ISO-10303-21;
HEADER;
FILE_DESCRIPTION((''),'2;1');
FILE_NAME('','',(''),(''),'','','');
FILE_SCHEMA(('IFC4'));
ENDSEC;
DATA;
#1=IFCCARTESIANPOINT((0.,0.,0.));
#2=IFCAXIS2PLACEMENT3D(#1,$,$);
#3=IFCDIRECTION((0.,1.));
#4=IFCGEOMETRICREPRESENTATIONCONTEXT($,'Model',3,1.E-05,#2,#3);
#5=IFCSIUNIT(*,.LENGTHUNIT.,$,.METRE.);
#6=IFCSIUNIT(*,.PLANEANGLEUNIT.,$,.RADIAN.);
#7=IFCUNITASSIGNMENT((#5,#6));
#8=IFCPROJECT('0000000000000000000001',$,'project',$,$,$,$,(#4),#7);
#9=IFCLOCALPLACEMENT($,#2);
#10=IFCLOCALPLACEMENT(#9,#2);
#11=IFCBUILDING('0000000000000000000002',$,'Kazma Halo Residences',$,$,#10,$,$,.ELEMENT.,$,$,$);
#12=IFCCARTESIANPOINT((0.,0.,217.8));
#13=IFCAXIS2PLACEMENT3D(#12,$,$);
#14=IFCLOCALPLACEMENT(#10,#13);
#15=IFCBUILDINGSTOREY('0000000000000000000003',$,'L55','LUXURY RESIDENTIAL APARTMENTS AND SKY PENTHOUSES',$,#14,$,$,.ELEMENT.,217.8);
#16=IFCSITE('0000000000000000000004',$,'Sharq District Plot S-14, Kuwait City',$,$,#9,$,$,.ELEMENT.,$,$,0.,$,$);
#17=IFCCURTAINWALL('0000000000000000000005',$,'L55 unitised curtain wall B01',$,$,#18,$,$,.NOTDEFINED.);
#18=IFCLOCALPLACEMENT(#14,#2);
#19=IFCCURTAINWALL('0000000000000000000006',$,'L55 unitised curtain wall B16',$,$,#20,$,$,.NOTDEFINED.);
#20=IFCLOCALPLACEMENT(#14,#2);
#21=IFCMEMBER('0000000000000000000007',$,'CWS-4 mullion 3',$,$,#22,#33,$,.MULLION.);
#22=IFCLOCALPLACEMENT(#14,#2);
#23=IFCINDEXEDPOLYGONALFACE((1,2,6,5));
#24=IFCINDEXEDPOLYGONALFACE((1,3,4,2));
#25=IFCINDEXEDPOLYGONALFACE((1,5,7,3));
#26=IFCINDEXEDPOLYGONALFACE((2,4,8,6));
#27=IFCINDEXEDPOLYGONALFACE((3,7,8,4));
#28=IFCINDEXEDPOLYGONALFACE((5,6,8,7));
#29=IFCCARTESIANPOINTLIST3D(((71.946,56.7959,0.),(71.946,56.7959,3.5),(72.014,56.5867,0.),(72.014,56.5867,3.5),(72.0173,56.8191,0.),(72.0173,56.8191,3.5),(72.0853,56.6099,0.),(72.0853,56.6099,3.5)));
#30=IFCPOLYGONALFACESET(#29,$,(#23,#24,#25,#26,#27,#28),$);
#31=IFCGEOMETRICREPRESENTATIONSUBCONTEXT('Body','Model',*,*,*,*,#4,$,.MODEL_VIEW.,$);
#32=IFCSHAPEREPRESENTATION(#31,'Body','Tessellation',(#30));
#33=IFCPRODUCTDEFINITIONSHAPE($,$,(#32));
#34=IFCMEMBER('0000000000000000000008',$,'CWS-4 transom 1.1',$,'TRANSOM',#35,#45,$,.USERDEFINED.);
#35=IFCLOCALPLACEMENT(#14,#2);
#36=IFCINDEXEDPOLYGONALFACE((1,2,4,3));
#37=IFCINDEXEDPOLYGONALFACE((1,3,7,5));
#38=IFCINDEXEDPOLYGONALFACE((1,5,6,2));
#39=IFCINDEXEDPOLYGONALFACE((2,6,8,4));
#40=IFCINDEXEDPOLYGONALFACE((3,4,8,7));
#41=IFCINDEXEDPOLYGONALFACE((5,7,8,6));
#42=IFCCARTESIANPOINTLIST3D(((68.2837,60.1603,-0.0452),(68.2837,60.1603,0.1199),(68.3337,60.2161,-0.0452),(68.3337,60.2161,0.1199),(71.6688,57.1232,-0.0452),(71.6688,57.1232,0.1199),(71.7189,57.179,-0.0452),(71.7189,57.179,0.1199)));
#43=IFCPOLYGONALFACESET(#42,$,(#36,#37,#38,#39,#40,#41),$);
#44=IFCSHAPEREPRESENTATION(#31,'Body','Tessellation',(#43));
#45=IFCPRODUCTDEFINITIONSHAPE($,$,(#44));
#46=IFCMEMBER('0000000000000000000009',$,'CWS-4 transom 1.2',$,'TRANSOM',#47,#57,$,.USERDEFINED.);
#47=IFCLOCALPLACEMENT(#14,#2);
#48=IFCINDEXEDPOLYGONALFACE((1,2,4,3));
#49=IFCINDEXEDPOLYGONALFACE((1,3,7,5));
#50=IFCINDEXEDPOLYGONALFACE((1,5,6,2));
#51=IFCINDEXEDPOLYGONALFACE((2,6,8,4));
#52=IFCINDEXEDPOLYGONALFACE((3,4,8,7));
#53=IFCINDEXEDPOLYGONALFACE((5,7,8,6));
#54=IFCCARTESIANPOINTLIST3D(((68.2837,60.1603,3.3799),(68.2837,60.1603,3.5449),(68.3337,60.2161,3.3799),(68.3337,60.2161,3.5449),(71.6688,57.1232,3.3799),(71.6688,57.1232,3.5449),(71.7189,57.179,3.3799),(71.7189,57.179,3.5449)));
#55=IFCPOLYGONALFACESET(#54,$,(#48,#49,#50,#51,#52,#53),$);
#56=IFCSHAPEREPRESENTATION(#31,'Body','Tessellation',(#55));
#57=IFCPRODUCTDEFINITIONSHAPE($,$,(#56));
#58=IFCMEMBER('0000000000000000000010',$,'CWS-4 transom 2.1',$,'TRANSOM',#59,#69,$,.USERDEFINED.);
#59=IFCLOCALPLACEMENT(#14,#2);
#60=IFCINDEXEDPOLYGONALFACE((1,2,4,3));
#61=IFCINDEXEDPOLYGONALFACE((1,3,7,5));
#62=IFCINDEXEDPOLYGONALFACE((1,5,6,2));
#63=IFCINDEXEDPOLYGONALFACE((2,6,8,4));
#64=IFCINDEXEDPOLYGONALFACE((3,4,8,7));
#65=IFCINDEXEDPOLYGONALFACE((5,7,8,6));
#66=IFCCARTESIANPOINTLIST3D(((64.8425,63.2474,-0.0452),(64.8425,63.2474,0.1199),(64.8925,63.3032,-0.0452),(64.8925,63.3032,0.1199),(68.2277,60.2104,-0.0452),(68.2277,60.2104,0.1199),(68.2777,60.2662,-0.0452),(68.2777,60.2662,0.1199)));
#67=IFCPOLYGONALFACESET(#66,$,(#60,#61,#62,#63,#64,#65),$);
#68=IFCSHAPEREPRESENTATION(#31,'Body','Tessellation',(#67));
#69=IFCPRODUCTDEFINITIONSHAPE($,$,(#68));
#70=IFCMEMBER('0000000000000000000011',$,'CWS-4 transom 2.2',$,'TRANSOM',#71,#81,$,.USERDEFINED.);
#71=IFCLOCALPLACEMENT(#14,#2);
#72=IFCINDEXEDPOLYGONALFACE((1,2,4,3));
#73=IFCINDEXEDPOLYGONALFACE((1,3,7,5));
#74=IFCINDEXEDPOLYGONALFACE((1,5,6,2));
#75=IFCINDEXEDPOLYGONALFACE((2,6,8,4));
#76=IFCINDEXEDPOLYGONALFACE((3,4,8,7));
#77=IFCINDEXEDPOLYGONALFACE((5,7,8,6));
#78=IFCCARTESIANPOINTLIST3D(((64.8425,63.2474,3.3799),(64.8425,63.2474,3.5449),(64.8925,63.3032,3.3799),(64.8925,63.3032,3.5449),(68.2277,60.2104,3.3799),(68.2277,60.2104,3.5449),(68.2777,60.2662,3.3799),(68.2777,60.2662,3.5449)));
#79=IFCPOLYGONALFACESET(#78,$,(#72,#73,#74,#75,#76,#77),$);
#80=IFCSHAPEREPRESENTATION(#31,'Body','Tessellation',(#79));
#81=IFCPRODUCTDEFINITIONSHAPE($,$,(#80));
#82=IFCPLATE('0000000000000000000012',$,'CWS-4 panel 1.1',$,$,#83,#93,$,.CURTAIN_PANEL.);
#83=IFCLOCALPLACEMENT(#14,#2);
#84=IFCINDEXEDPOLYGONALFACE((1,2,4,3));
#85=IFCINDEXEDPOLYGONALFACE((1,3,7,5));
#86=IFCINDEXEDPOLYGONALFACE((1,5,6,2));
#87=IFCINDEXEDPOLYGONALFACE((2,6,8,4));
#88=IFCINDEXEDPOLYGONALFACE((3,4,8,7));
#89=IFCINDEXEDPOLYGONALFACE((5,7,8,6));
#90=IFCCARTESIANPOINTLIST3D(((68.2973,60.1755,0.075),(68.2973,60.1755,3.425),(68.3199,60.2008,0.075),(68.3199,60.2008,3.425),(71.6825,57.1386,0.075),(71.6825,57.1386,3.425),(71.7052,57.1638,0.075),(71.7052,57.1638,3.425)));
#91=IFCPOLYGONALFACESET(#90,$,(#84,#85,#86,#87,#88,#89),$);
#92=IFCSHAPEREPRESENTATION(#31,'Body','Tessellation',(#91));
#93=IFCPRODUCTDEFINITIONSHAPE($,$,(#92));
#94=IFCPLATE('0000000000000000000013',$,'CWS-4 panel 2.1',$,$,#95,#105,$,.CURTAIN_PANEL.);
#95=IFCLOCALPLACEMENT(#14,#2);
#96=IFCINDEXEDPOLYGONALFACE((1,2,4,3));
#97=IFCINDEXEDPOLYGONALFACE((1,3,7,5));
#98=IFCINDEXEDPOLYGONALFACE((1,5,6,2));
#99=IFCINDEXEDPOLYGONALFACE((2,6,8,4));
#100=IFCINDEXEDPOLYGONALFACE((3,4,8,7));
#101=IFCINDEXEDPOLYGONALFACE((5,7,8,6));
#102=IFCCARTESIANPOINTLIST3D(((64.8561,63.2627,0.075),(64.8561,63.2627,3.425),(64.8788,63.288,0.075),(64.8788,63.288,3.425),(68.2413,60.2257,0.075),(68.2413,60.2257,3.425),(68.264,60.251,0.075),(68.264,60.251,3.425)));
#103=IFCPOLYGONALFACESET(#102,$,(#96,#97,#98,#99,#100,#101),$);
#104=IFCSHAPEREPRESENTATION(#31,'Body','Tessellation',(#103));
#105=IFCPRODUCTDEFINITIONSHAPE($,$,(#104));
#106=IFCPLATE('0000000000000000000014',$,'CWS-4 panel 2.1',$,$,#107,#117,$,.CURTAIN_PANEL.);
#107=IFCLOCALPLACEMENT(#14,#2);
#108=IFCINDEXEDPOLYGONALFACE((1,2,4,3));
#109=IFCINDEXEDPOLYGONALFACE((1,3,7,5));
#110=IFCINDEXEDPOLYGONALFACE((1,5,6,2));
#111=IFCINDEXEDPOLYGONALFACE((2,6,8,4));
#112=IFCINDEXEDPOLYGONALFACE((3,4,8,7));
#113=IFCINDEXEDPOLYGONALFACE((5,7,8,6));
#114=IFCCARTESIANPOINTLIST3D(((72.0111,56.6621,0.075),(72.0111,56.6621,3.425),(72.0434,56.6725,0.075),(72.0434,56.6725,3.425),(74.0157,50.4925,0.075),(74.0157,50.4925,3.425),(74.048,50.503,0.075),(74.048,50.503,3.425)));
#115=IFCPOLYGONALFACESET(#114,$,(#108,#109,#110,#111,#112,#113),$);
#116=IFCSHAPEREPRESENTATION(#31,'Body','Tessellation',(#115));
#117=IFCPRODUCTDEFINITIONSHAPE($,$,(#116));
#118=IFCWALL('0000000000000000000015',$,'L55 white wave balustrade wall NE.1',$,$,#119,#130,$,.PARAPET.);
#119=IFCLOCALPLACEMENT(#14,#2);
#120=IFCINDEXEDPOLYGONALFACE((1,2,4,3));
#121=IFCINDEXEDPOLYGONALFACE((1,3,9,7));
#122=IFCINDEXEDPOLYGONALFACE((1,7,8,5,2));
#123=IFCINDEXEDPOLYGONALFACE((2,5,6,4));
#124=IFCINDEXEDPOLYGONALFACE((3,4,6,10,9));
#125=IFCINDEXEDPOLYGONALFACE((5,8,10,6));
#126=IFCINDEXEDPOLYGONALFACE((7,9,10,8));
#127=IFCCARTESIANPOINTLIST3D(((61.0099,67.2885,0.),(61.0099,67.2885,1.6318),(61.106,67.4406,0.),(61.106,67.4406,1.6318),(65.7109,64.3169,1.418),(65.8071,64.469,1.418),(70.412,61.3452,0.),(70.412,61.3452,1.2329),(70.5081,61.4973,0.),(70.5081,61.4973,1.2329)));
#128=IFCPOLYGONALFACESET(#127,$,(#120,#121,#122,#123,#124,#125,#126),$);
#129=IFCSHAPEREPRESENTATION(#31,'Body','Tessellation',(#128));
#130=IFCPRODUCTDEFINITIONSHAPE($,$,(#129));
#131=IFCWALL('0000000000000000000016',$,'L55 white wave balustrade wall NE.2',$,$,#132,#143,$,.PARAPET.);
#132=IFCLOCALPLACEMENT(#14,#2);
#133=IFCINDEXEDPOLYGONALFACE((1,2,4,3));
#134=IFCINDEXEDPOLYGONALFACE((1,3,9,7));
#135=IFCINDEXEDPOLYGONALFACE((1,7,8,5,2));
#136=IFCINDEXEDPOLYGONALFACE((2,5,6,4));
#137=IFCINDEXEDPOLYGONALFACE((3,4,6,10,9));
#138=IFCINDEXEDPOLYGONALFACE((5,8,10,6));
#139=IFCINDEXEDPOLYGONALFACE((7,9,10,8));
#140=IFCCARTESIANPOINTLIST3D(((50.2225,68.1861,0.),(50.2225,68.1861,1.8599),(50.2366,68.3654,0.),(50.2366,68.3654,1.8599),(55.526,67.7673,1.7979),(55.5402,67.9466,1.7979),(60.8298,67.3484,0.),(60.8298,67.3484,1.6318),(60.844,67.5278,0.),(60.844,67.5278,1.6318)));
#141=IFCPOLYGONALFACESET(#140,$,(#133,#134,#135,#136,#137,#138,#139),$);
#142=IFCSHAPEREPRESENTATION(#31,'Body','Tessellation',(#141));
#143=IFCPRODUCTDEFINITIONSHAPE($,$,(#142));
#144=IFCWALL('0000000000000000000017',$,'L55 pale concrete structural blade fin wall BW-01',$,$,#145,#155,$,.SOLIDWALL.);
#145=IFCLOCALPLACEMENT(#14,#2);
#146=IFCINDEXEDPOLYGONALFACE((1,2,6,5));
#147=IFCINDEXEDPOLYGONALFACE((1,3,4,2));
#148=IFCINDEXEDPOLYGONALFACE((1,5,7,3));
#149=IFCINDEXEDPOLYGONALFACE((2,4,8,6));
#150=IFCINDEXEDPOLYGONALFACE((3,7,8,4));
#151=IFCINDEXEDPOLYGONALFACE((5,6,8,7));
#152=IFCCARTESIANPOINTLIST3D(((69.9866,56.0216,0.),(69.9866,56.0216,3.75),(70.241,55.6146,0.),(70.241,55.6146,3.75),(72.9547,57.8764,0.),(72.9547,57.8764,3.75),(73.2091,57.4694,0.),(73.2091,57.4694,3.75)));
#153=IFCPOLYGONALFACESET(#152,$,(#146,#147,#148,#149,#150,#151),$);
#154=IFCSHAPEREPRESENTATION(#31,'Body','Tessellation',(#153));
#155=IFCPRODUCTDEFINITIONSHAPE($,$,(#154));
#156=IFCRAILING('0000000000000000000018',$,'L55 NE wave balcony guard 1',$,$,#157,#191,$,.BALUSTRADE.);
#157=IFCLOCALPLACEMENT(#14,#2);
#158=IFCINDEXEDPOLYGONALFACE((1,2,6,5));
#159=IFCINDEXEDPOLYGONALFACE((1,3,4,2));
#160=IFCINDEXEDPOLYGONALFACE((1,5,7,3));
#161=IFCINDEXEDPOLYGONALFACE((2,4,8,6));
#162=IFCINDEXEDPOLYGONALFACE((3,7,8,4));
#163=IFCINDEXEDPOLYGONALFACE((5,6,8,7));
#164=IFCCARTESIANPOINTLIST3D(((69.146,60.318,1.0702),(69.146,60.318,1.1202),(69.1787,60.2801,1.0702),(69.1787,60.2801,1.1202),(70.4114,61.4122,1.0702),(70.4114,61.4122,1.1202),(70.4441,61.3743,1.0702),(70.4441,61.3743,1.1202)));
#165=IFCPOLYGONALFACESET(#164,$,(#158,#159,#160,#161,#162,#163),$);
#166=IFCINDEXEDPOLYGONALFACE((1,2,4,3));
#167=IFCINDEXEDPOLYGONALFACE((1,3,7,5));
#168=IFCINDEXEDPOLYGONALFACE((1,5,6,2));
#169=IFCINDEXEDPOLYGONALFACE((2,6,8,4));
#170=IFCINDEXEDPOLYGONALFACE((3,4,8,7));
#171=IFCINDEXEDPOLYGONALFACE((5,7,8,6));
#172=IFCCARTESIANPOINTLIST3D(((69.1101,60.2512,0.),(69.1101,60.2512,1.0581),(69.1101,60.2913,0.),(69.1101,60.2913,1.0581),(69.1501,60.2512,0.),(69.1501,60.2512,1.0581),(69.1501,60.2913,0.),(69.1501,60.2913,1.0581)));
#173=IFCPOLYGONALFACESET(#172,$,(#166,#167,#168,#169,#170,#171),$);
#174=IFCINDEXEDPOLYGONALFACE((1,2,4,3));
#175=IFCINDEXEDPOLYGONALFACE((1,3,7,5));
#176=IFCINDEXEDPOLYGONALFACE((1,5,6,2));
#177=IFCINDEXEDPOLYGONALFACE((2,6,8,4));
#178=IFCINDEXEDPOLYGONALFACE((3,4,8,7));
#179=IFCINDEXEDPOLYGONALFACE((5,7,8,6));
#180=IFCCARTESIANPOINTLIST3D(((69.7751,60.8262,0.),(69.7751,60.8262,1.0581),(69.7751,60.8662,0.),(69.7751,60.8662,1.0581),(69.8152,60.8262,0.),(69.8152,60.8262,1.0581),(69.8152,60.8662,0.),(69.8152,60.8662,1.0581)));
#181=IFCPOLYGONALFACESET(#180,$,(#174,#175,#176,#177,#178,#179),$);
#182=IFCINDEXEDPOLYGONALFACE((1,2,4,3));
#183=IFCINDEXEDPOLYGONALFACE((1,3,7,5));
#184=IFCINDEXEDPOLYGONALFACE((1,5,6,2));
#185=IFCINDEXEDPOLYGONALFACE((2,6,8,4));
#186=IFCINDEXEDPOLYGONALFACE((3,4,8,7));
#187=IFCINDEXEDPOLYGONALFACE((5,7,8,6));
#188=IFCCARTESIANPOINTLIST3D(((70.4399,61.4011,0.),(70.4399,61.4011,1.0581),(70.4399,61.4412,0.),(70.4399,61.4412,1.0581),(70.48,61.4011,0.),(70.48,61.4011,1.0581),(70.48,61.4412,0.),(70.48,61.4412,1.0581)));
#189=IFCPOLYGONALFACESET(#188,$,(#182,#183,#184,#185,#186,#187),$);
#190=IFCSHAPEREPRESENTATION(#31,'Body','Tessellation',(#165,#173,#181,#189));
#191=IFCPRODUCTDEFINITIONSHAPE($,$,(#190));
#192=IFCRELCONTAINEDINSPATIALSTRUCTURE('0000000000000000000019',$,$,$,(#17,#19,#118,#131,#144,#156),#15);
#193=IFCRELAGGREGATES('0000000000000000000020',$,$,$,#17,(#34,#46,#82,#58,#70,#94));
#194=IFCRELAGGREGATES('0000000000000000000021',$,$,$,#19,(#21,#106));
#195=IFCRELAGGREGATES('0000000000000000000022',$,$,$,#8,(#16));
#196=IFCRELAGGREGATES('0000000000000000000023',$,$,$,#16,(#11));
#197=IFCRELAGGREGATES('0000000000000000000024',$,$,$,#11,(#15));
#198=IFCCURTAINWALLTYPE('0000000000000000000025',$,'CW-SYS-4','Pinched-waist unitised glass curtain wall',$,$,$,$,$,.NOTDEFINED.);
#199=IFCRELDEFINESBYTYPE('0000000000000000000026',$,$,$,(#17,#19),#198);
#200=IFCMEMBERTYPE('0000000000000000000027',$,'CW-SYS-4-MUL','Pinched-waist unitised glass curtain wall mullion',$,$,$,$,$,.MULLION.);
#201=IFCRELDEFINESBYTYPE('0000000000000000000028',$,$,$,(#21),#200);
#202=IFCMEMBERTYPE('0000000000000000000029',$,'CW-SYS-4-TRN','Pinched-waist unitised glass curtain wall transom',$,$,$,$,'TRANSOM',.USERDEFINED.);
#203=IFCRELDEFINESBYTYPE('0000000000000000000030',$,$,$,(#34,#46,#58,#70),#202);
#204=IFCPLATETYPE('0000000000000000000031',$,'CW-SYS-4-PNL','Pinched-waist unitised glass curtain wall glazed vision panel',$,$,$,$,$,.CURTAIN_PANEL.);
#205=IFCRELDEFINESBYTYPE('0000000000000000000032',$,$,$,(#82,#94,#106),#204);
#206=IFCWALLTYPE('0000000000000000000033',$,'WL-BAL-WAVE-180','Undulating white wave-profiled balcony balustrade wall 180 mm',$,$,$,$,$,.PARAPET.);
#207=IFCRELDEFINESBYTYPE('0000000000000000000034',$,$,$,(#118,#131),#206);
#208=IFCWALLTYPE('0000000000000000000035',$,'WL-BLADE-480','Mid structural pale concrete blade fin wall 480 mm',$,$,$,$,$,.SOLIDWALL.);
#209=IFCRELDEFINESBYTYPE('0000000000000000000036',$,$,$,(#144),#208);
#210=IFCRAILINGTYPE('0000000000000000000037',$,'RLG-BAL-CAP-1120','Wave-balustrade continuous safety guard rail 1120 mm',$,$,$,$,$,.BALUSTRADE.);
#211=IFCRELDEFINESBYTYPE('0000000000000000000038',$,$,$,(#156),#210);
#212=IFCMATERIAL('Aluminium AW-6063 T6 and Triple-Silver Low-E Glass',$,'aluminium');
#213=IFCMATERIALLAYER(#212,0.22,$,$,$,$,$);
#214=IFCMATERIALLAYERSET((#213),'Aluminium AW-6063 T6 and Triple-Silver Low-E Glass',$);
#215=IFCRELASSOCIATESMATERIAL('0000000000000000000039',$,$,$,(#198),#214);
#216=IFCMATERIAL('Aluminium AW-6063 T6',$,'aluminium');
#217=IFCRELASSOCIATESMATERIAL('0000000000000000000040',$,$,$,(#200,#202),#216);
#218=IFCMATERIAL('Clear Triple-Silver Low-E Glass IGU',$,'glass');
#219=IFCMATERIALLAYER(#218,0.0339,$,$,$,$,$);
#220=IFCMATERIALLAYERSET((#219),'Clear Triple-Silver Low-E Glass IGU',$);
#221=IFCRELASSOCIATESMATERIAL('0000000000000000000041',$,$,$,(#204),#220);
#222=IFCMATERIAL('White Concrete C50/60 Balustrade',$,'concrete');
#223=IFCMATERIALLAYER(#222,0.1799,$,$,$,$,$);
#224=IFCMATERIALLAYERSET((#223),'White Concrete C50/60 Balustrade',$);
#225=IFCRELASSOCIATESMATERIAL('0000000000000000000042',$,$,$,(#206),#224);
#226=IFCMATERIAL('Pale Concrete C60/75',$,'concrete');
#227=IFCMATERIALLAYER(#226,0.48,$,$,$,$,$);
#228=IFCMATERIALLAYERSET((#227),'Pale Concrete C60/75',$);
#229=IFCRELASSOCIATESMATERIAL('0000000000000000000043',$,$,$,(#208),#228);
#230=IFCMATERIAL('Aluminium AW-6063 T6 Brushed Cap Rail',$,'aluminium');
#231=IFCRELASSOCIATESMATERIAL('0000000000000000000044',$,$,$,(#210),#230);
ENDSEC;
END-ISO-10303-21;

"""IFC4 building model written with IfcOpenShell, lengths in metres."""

from ifc_helpers import new_model, si_unit, direction, frame, frame_2d, origin, origin_2d, place, context, subcontext, project, spatial, polyline, rectangle, outline, extrude, material, layer, layer_set, material_profile, profile_set, type_object, element, aggregate, save


model = new_model("IFC4")

# Units and contexts
model_context = context("Model", 3, precision=1e-05, world=origin(), true_north=direction((0.0, 1.0)))
body_context = subcontext(model_context, "Body", "Model", "MODEL_VIEW")
ifc_project = project(units=[si_unit("LENGTHUNIT", "METRE"), si_unit("PLANEANGLEUNIT", "RADIAN")], contexts=[model_context])

# Site, building, storey
site_placement = place(None, origin())
site = spatial("IfcSite", under=ifc_project, at=site_placement, Name="Sharq District Plot S-14, Kuwait City", CompositionType="ELEMENT", RefElevation=0.0)
building_placement = place(site_placement, origin())
building = spatial("IfcBuilding", under=site, at=building_placement, Name="Kazma Halo Residences", CompositionType="ELEMENT")
storey_placement = place(building_placement, frame((0.0, 0.0, 217.8)))
storey = spatial("IfcBuildingStorey", under=building, at=storey_placement, Name="L55", Description="LUXURY RESIDENTIAL APARTMENTS AND SKY PENTHOUSES", CompositionType="ELEMENT", Elevation=217.8)

# Curtain wall
ifc_material_1 = material(Name="Aluminium AW-6063 T6 and Triple-Silver Low-E Glass", Category="aluminium")
ifc_layer_1 = layer(ifc_material_1, 0.22)
ifc_layer_set_1 = layer_set([ifc_layer_1], Name="Aluminium AW-6063 T6 and Triple-Silver Low-E Glass")
curtain_wall_type = type_object("IfcCurtainWallType", Name="CW-SYS-4", Description="Pinched-waist unitised glass curtain wall", PredefinedType="NOTDEFINED", material=ifc_layer_set_1)
curtain_wall_1_placement = place(storey_placement, origin())
curtain_wall_1 = element("IfcCurtainWall", 1, at=curtain_wall_1_placement, inside=storey, type_object=curtain_wall_type, Name="L55 unitised curtain wall B01", PredefinedType="NOTDEFINED")
ifc_material_2 = material(Name="Aluminium AW-6063 T6", Category="aluminium")
ifc_material_profile_1 = material_profile(ifc_material_2, rectangle(XDim=0.075, YDim=0.22, at=origin_2d()), Name="CWM-75x220")
ifc_profile_set_1 = profile_set([ifc_material_profile_1], Name="Aluminium AW-6063 T6")
member_type_1 = type_object("IfcMemberType", Name="CW-SYS-4-MUL", Description="Pinched-waist unitised glass curtain wall mullion", PredefinedType="MULLION", material=ifc_profile_set_1)

# Curtain wall, member
curtain_wall_2_placement = place(storey_placement, origin())
curtain_wall_2 = element("IfcCurtainWall", 2, at=curtain_wall_2_placement, inside=storey, type_object=curtain_wall_type, Name="L55 unitised curtain wall B16", PredefinedType="NOTDEFINED")
member_1_placement = place(storey_placement, frame((72.0156, 56.7029, 0.0), z_axis=(0.0, 0.0, 1.0), x_axis=(-0.951057, -0.309016, 0.0)))
member_1 = element("IfcMember", 3, at=member_1_placement, type_object=member_type_1, Name="CWS-4 mullion 3", PredefinedType="MULLION", context=body_context, shape_type="SweptSolid", body=[
    extrude(rectangle(XDim=0.075, YDim=0.22, at=origin_2d()), origin(), (0.0, 0.0, 1.0), 3.5),
])

# Members
ifc_material_profile_2 = material_profile(ifc_material_2, rectangle(XDim=0.075, YDim=0.165, at=origin_2d()), Name="CWT-75x165")
ifc_profile_set_2 = profile_set([ifc_material_profile_2], Name="Aluminium AW-6063 T6")
member_type_2 = type_object("IfcMemberType", Name="CW-SYS-4-TRN", Description="Pinched-waist unitised glass curtain wall transom", ElementType="TRANSOM", PredefinedType="USERDEFINED", material=ifc_profile_set_2)
member_2_placement = place(storey_placement, frame((71.6938, 57.1511, 0.0374), z_axis=(-0.744345, 0.667795, 0.0), x_axis=(-0.667795, -0.744345, 0.0)))
member_2 = element("IfcMember", 4, at=member_2_placement, type_object=member_type_2, Name="CWS-4 transom 1.1", ObjectType="TRANSOM", PredefinedType="USERDEFINED", context=body_context, shape_type="SweptSolid", body=[
    extrude(rectangle(XDim=0.075, YDim=0.165, at=origin_2d()), origin(), (0.0, 0.0, 1.0), 4.5479),
])
member_3_placement = place(storey_placement, frame((71.6938, 57.1511, 3.4624), z_axis=(-0.744345, 0.667795, 0.0), x_axis=(-0.667795, -0.744345, 0.0)))
member_3 = element("IfcMember", 5, at=member_3_placement, type_object=member_type_2, Name="CWS-4 transom 1.2", ObjectType="TRANSOM", PredefinedType="USERDEFINED", context=body_context, shape_type="SweptSolid", body=[
    extrude(rectangle(XDim=0.075, YDim=0.165, at=origin_2d()), origin(), (0.0, 0.0, 1.0), 4.5479),
])
member_4_placement = place(storey_placement, frame((68.2527, 60.2383, 0.0374), z_axis=(-0.744345, 0.667795, 0.0), x_axis=(-0.667795, -0.744345, 0.0)))
member_4 = element("IfcMember", 6, at=member_4_placement, type_object=member_type_2, Name="CWS-4 transom 2.1", ObjectType="TRANSOM", PredefinedType="USERDEFINED", context=body_context, shape_type="SweptSolid", body=[
    extrude(rectangle(XDim=0.075, YDim=0.165, at=origin_2d()), origin(), (0.0, 0.0, 1.0), 4.5479),
])
member_5_placement = place(storey_placement, frame((68.2527, 60.2383, 3.4624), z_axis=(-0.744345, 0.667795, 0.0), x_axis=(-0.667795, -0.744345, 0.0)))
member_5 = element("IfcMember", 7, at=member_5_placement, type_object=member_type_2, Name="CWS-4 transom 2.2", ObjectType="TRANSOM", PredefinedType="USERDEFINED", context=body_context, shape_type="SweptSolid", body=[
    extrude(rectangle(XDim=0.075, YDim=0.165, at=origin_2d()), origin(), (0.0, 0.0, 1.0), 4.5479),
])

# Plates
ifc_material_3 = material(Name="Clear Triple-Silver Low-E Glass IGU", Category="glass")
ifc_layer_2 = layer(ifc_material_3, 0.0339)
ifc_layer_set_2 = layer_set([ifc_layer_2], Name="Clear Triple-Silver Low-E Glass IGU")
plate_type = type_object("IfcPlateType", Name="CW-SYS-4-PNL", Description="Pinched-waist unitised glass curtain wall glazed vision panel", PredefinedType="CURTAIN_PANEL", material=ifc_layer_set_2)
plate_1_placement = place(storey_placement, frame((70.0012, 58.6697, 0.075), z_axis=(0.0, 0.0, 1.0), x_axis=(-0.744355, 0.667784, 0.0)))
plate_1 = element("IfcPlate", 8, at=plate_1_placement, type_object=plate_type, Name="CWS-4 panel 1.1", PredefinedType="CURTAIN_PANEL", context=body_context, shape_type="SweptSolid", body=[
    extrude(rectangle(XDim=4.5479, YDim=0.0339, at=origin_2d()), origin(), (0.0, 0.0, 1.0), 3.3501),
])
plate_2_placement = place(storey_placement, frame((66.5601, 61.7568, 0.075), z_axis=(0.0, 0.0, 1.0), x_axis=(-0.744355, 0.667784, 0.0)))
plate_2 = element("IfcPlate", 9, at=plate_2_placement, type_object=plate_type, Name="CWS-4 panel 2.1", PredefinedType="CURTAIN_PANEL", context=body_context, shape_type="SweptSolid", body=[
    extrude(rectangle(XDim=4.5479, YDim=0.0339, at=origin_2d()), origin(), (0.0, 0.0, 1.0), 3.3501),
])
aggregate(curtain_wall_1, [member_2, member_3, plate_1, member_4, member_5, plate_2])
plate_3_placement = place(storey_placement, frame((73.0295, 53.5825, 0.075), z_axis=(0.0, 0.0, 1.0), x_axis=(-0.309016, 0.951057, 0.0)))
plate_3 = element("IfcPlate", 10, at=plate_3_placement, type_object=plate_type, Name="CWS-4 panel 2.1", PredefinedType="CURTAIN_PANEL", context=body_context, shape_type="SweptSolid", body=[
    extrude(rectangle(XDim=6.4871, YDim=0.0339, at=origin_2d()), origin(), (0.0, 0.0, 1.0), 3.3501),
])
aggregate(curtain_wall_2, [member_1, plate_3])

# Walls
ifc_material_4 = material(Name="White Concrete C50/60 Balustrade", Category="concrete")
ifc_layer_3 = layer(ifc_material_4, 0.1799)
ifc_layer_set_3 = layer_set([ifc_layer_3], Name="White Concrete C50/60 Balustrade")
wall_type_1 = type_object("IfcWallType", Name="WL-BAL-WAVE-180", Description="Undulating white wave-profiled balcony balustrade wall 180 mm", PredefinedType="PARAPET", material=ifc_layer_set_3)
wall_1_placement = place(storey_placement, frame((70.46, 61.4211, 0.0), z_axis=(0.0, 0.0, 1.0), x_axis=(-0.845278, 0.534327, 0.0)))
element("IfcWall", 11, at=wall_1_placement, inside=storey, type_object=wall_type_1, Name="L55 white wave balustrade wall NE.1", PredefinedType="PARAPET", context=body_context, shape_type="SweptSolid", body=[
    extrude(outline(polyline([(0.0, 0.0), (11.123, 0.0), (11.123, 1.6318), (5.5615, 1.418), (0.0, 1.2329), (0.0, 0.0)])), frame((0.0, 0.0898, 0.0), z_axis=(0.0, -1.0, 0.0), x_axis=(1.0, 0.0, 0.0)), (0.0, 0.0, 1.0), 0.1799),
])
wall_2_placement = place(storey_placement, frame((60.8369, 67.438, 0.0), z_axis=(0.0, 0.0, 1.0), x_axis=(-0.996897, 0.078723, 0.0)))
element("IfcWall", 12, at=wall_2_placement, inside=storey, type_object=wall_type_1, Name="L55 white wave balustrade wall NE.2", PredefinedType="PARAPET", context=body_context, shape_type="SweptSolid", body=[
    extrude(outline(polyline([(0.0, 0.0), (10.6404, 0.0), (10.6404, 1.8599), (5.3203, 1.7979), (0.0, 1.6318), (0.0, 0.0)])), frame((0.0, 0.0898, 0.0), z_axis=(0.0, -1.0, 0.0), x_axis=(1.0, 0.0, 0.0)), (0.0, 0.0, 1.0), 0.1799),
])
ifc_material_5 = material(Name="Pale Concrete C60/75", Category="concrete")
ifc_layer_4 = layer(ifc_material_5, 0.48)
ifc_layer_set_4 = layer_set([ifc_layer_4], Name="Pale Concrete C60/75")
wall_type_2 = type_object("IfcWallType", Name="WL-BLADE-480", Description="Mid structural pale concrete blade fin wall 480 mm", PredefinedType="SOLIDWALL", material=ifc_layer_set_4)
wall_3_placement = place(storey_placement, frame((70.1138, 55.8181, 0.0), z_axis=(0.0, 0.0, 1.0), x_axis=(0.848034, 0.529943, 0.0)))
element("IfcWall", 13, at=wall_3_placement, inside=storey, type_object=wall_type_2, Name="L55 pale concrete structural blade fin wall BW-01", PredefinedType="SOLIDWALL", context=body_context, shape_type="SweptSolid", body=[
    extrude(rectangle(XDim=3.5, YDim=0.48, at=frame_2d((1.75, 0.0))), origin(), (0.0, 0.0, 1.0), 3.75),
])

# Railing
ifc_material_6 = material(Name="Aluminium AW-6063 T6 Brushed Cap Rail", Category="aluminium")
railing_type = type_object("IfcRailingType", Name="RLG-BAL-CAP-1120", Description="Wave-balustrade continuous safety guard rail 1120 mm", PredefinedType="BALUSTRADE", material=ifc_material_6)
railing_1_placement = place(storey_placement, frame((69.1301, 60.2712, 0.0)))
element("IfcRailing", 14, at=railing_1_placement, inside=storey, type_object=railing_type, Name="L55 NE wave balcony guard 1", PredefinedType="BALUSTRADE", context=body_context, shape_type="SweptSolid", body=[
    extrude(rectangle(XDim=0.05, YDim=0.05, at=origin_2d()), frame((0.0322, 0.0278, 1.0952), z_axis=(0.756426, 0.654079, 0.0), x_axis=(-0.654079, 0.756426, 0.0)), (0.0, 0.0, 1.0), 1.6729),
    extrude(rectangle(XDim=0.04, YDim=0.04, at=origin_2d()), origin(), (0.0, 0.0, 1.0), 1.0581),
    extrude(rectangle(XDim=0.04, YDim=0.04, at=origin_2d()), frame((0.665, 0.575, 0.0)), (0.0, 0.0, 1.0), 1.0581),
    extrude(rectangle(XDim=0.04, YDim=0.04, at=origin_2d()), frame((1.3298, 1.1499, 0.0)), (0.0, 0.0, 1.0), 1.0581),
])

save(model, "model.ifc")
